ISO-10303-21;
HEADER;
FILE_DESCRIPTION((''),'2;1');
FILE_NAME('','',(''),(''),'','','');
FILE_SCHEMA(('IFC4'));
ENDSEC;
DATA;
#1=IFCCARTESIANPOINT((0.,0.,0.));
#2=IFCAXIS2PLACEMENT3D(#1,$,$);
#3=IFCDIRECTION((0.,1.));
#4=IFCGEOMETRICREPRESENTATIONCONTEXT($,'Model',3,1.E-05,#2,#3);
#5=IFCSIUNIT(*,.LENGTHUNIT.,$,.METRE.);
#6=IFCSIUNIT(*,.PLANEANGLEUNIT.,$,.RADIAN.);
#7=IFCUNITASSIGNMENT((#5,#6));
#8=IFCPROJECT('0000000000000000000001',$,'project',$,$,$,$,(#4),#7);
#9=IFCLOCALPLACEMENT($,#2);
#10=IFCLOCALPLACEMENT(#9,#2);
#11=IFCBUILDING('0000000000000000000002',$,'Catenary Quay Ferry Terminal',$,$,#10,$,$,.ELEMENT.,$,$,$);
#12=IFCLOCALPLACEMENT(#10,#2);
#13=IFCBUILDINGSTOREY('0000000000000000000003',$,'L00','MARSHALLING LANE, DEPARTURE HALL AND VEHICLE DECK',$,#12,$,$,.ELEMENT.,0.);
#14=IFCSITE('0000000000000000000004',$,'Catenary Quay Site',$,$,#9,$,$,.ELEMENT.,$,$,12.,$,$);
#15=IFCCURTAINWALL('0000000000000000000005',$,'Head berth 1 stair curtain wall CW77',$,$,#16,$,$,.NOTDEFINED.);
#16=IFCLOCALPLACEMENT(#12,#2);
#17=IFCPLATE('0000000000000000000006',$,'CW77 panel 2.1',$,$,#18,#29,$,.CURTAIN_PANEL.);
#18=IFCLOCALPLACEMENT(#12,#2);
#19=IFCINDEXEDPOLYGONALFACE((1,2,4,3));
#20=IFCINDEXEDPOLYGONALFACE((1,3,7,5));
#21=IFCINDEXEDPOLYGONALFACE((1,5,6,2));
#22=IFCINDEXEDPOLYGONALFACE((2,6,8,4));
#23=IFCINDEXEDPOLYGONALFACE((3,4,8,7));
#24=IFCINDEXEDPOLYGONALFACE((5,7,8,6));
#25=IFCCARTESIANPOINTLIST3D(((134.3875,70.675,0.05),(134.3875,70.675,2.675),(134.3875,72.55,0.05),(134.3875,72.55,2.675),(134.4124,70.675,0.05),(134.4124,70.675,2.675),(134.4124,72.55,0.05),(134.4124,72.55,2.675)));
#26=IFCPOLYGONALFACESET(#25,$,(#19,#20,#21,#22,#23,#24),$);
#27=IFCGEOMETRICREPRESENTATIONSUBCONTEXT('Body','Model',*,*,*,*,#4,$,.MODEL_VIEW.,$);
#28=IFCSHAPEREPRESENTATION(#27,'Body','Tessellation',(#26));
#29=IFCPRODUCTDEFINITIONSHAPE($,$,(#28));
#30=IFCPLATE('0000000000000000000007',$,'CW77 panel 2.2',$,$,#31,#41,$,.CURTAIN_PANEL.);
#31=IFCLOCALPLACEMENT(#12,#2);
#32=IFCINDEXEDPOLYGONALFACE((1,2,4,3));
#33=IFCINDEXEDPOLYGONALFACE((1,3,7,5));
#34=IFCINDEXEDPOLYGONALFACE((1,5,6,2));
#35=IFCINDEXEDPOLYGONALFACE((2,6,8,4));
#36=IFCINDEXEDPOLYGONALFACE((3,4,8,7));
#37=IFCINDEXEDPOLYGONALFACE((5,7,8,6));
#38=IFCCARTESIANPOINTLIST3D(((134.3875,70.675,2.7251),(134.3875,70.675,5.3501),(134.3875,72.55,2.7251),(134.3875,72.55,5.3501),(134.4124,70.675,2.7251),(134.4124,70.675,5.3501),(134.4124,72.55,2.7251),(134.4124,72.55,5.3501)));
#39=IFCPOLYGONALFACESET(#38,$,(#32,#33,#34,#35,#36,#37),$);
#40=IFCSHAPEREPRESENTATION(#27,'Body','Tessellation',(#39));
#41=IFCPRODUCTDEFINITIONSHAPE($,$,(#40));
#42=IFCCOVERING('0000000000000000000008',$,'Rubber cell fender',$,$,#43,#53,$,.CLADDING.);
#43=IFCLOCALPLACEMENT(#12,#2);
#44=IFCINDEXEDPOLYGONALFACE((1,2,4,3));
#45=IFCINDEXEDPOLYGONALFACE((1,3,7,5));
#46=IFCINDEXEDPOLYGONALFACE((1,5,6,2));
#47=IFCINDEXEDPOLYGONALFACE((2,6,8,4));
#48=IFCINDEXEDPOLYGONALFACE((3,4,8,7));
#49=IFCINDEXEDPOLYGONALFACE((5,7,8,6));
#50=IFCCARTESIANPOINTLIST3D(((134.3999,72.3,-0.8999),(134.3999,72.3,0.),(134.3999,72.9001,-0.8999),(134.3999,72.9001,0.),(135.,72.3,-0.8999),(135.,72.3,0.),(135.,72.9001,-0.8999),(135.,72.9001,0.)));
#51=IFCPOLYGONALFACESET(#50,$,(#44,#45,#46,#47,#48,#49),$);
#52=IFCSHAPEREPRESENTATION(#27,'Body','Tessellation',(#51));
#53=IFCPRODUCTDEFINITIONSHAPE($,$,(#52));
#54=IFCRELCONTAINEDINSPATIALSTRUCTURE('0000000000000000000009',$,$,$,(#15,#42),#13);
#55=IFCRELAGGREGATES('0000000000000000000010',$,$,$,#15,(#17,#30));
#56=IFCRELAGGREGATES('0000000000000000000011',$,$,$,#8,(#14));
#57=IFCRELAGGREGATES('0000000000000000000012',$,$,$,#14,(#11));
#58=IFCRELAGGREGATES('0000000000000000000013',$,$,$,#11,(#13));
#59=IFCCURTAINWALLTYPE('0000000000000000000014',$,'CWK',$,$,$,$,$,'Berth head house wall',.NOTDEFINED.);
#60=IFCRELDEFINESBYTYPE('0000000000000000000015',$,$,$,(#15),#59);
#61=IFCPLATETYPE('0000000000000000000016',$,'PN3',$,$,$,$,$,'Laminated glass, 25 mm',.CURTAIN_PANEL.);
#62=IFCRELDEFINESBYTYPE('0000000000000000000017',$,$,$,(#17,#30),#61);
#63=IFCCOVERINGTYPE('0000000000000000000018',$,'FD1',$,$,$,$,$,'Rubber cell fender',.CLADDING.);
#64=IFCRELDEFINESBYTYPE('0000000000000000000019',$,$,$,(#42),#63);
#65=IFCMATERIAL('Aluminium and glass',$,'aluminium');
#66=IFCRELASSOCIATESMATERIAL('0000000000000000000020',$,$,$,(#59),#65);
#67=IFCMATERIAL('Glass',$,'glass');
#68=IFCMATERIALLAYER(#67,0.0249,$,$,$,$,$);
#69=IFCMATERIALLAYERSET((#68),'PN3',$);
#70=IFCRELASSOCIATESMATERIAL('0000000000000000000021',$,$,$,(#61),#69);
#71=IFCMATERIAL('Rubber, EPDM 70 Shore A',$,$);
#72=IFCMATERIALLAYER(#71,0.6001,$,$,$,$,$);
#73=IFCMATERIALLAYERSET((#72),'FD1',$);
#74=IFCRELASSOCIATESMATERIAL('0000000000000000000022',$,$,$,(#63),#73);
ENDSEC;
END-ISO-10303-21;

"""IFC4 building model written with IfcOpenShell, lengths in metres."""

from ifc_helpers import new_model, si_unit, direction, frame, origin, origin_2d, place, context, subcontext, project, spatial, rectangle, extrude, material, layer, layer_set, type_object, element, aggregate, save


model = new_model("IFC4")

# Units and contexts
model_context = context("Model", 3, precision=1e-05, world=origin(), true_north=direction((0.0, 1.0)))
body_context = subcontext(model_context, "Body", "Model", "MODEL_VIEW")
ifc_project = project(units=[si_unit("LENGTHUNIT", "METRE"), si_unit("PLANEANGLEUNIT", "RADIAN")], contexts=[model_context])

# Site, building, storey
site_placement = place(None, origin())
site = spatial("IfcSite", under=ifc_project, at=site_placement, Name="Catenary Quay Site", CompositionType="ELEMENT", RefElevation=12.0)
building_placement = place(site_placement, origin())
building = spatial("IfcBuilding", under=site, at=building_placement, Name="Catenary Quay Ferry Terminal", CompositionType="ELEMENT")
storey_placement = place(building_placement, origin())
storey = spatial("IfcBuildingStorey", under=building, at=storey_placement, Name="L00", Description="MARSHALLING LANE, DEPARTURE HALL AND VEHICLE DECK", CompositionType="ELEMENT", Elevation=0.0)

# Shared definitions
ifc_material_1 = material(Name="Aluminium and glass", Category="aluminium")
curtain_wall_type = type_object("IfcCurtainWallType", Name="CWK", ElementType="Berth head house wall", PredefinedType="NOTDEFINED", material=ifc_material_1)

# Curtain wall
curtain_wall_1_placement = place(storey_placement, origin())
curtain_wall_1 = element("IfcCurtainWall", 1, at=curtain_wall_1_placement, inside=storey, type_object=curtain_wall_type, Name="Head berth 1 stair curtain wall CW77", PredefinedType="NOTDEFINED")

# Plates
ifc_material_2 = material(Name="Glass", Category="glass")
ifc_layer_1 = layer(ifc_material_2, 0.0249)
ifc_layer_set_1 = layer_set([ifc_layer_1], Name="PN3")
plate_type = type_object("IfcPlateType", Name="PN3", ElementType="Laminated glass, 25 mm", PredefinedType="CURTAIN_PANEL", material=ifc_layer_set_1)
plate_1_placement = place(storey_placement, frame((134.3999, 71.6125, 0.05), z_axis=(0.0, 0.0, 1.0), x_axis=(0.0, 1.0, 0.0)))
plate_1 = element("IfcPlate", 2, at=plate_1_placement, type_object=plate_type, Name="CW77 panel 2.1", PredefinedType="CURTAIN_PANEL", context=body_context, shape_type="SweptSolid", body=[
    extrude(rectangle(XDim=1.875, YDim=0.0249, at=origin_2d()), origin(), (0.0, 0.0, 1.0), 2.625),
])
plate_2_placement = place(storey_placement, frame((134.3999, 71.6125, 2.7251), z_axis=(0.0, 0.0, 1.0), x_axis=(0.0, 1.0, 0.0)))
plate_2 = element("IfcPlate", 3, at=plate_2_placement, type_object=plate_type, Name="CW77 panel 2.2", PredefinedType="CURTAIN_PANEL", context=body_context, shape_type="SweptSolid", body=[
    extrude(rectangle(XDim=1.875, YDim=0.0249, at=origin_2d()), origin(), (0.0, 0.0, 1.0), 2.625),
])
aggregate(curtain_wall_1, [plate_1, plate_2])

# Covering
ifc_material_3 = material(Name="Rubber, EPDM 70 Shore A")
ifc_layer_2 = layer(ifc_material_3, 0.6001)
ifc_layer_set_2 = layer_set([ifc_layer_2], Name="FD1")
covering_type_1 = type_object("IfcCoveringType", Name="FD1", ElementType="Rubber cell fender", PredefinedType="CLADDING", material=ifc_layer_set_2)
covering_1_placement = place(storey_placement, frame((134.7, 72.6001, -0.8999), z_axis=(0.0, 0.0, 1.0), x_axis=(1.0, 0.0, 0.0)))
element("IfcCovering", 4, at=covering_1_placement, inside=storey, type_object=covering_type_1, Name="Rubber cell fender", PredefinedType="CLADDING", context=body_context, shape_type="SweptSolid", body=[
    extrude(rectangle(XDim=0.6001, YDim=0.6001, at=origin_2d()), origin(), (0.0, 0.0, 1.0), 0.8999),
])

save(model, "model.ifc")
